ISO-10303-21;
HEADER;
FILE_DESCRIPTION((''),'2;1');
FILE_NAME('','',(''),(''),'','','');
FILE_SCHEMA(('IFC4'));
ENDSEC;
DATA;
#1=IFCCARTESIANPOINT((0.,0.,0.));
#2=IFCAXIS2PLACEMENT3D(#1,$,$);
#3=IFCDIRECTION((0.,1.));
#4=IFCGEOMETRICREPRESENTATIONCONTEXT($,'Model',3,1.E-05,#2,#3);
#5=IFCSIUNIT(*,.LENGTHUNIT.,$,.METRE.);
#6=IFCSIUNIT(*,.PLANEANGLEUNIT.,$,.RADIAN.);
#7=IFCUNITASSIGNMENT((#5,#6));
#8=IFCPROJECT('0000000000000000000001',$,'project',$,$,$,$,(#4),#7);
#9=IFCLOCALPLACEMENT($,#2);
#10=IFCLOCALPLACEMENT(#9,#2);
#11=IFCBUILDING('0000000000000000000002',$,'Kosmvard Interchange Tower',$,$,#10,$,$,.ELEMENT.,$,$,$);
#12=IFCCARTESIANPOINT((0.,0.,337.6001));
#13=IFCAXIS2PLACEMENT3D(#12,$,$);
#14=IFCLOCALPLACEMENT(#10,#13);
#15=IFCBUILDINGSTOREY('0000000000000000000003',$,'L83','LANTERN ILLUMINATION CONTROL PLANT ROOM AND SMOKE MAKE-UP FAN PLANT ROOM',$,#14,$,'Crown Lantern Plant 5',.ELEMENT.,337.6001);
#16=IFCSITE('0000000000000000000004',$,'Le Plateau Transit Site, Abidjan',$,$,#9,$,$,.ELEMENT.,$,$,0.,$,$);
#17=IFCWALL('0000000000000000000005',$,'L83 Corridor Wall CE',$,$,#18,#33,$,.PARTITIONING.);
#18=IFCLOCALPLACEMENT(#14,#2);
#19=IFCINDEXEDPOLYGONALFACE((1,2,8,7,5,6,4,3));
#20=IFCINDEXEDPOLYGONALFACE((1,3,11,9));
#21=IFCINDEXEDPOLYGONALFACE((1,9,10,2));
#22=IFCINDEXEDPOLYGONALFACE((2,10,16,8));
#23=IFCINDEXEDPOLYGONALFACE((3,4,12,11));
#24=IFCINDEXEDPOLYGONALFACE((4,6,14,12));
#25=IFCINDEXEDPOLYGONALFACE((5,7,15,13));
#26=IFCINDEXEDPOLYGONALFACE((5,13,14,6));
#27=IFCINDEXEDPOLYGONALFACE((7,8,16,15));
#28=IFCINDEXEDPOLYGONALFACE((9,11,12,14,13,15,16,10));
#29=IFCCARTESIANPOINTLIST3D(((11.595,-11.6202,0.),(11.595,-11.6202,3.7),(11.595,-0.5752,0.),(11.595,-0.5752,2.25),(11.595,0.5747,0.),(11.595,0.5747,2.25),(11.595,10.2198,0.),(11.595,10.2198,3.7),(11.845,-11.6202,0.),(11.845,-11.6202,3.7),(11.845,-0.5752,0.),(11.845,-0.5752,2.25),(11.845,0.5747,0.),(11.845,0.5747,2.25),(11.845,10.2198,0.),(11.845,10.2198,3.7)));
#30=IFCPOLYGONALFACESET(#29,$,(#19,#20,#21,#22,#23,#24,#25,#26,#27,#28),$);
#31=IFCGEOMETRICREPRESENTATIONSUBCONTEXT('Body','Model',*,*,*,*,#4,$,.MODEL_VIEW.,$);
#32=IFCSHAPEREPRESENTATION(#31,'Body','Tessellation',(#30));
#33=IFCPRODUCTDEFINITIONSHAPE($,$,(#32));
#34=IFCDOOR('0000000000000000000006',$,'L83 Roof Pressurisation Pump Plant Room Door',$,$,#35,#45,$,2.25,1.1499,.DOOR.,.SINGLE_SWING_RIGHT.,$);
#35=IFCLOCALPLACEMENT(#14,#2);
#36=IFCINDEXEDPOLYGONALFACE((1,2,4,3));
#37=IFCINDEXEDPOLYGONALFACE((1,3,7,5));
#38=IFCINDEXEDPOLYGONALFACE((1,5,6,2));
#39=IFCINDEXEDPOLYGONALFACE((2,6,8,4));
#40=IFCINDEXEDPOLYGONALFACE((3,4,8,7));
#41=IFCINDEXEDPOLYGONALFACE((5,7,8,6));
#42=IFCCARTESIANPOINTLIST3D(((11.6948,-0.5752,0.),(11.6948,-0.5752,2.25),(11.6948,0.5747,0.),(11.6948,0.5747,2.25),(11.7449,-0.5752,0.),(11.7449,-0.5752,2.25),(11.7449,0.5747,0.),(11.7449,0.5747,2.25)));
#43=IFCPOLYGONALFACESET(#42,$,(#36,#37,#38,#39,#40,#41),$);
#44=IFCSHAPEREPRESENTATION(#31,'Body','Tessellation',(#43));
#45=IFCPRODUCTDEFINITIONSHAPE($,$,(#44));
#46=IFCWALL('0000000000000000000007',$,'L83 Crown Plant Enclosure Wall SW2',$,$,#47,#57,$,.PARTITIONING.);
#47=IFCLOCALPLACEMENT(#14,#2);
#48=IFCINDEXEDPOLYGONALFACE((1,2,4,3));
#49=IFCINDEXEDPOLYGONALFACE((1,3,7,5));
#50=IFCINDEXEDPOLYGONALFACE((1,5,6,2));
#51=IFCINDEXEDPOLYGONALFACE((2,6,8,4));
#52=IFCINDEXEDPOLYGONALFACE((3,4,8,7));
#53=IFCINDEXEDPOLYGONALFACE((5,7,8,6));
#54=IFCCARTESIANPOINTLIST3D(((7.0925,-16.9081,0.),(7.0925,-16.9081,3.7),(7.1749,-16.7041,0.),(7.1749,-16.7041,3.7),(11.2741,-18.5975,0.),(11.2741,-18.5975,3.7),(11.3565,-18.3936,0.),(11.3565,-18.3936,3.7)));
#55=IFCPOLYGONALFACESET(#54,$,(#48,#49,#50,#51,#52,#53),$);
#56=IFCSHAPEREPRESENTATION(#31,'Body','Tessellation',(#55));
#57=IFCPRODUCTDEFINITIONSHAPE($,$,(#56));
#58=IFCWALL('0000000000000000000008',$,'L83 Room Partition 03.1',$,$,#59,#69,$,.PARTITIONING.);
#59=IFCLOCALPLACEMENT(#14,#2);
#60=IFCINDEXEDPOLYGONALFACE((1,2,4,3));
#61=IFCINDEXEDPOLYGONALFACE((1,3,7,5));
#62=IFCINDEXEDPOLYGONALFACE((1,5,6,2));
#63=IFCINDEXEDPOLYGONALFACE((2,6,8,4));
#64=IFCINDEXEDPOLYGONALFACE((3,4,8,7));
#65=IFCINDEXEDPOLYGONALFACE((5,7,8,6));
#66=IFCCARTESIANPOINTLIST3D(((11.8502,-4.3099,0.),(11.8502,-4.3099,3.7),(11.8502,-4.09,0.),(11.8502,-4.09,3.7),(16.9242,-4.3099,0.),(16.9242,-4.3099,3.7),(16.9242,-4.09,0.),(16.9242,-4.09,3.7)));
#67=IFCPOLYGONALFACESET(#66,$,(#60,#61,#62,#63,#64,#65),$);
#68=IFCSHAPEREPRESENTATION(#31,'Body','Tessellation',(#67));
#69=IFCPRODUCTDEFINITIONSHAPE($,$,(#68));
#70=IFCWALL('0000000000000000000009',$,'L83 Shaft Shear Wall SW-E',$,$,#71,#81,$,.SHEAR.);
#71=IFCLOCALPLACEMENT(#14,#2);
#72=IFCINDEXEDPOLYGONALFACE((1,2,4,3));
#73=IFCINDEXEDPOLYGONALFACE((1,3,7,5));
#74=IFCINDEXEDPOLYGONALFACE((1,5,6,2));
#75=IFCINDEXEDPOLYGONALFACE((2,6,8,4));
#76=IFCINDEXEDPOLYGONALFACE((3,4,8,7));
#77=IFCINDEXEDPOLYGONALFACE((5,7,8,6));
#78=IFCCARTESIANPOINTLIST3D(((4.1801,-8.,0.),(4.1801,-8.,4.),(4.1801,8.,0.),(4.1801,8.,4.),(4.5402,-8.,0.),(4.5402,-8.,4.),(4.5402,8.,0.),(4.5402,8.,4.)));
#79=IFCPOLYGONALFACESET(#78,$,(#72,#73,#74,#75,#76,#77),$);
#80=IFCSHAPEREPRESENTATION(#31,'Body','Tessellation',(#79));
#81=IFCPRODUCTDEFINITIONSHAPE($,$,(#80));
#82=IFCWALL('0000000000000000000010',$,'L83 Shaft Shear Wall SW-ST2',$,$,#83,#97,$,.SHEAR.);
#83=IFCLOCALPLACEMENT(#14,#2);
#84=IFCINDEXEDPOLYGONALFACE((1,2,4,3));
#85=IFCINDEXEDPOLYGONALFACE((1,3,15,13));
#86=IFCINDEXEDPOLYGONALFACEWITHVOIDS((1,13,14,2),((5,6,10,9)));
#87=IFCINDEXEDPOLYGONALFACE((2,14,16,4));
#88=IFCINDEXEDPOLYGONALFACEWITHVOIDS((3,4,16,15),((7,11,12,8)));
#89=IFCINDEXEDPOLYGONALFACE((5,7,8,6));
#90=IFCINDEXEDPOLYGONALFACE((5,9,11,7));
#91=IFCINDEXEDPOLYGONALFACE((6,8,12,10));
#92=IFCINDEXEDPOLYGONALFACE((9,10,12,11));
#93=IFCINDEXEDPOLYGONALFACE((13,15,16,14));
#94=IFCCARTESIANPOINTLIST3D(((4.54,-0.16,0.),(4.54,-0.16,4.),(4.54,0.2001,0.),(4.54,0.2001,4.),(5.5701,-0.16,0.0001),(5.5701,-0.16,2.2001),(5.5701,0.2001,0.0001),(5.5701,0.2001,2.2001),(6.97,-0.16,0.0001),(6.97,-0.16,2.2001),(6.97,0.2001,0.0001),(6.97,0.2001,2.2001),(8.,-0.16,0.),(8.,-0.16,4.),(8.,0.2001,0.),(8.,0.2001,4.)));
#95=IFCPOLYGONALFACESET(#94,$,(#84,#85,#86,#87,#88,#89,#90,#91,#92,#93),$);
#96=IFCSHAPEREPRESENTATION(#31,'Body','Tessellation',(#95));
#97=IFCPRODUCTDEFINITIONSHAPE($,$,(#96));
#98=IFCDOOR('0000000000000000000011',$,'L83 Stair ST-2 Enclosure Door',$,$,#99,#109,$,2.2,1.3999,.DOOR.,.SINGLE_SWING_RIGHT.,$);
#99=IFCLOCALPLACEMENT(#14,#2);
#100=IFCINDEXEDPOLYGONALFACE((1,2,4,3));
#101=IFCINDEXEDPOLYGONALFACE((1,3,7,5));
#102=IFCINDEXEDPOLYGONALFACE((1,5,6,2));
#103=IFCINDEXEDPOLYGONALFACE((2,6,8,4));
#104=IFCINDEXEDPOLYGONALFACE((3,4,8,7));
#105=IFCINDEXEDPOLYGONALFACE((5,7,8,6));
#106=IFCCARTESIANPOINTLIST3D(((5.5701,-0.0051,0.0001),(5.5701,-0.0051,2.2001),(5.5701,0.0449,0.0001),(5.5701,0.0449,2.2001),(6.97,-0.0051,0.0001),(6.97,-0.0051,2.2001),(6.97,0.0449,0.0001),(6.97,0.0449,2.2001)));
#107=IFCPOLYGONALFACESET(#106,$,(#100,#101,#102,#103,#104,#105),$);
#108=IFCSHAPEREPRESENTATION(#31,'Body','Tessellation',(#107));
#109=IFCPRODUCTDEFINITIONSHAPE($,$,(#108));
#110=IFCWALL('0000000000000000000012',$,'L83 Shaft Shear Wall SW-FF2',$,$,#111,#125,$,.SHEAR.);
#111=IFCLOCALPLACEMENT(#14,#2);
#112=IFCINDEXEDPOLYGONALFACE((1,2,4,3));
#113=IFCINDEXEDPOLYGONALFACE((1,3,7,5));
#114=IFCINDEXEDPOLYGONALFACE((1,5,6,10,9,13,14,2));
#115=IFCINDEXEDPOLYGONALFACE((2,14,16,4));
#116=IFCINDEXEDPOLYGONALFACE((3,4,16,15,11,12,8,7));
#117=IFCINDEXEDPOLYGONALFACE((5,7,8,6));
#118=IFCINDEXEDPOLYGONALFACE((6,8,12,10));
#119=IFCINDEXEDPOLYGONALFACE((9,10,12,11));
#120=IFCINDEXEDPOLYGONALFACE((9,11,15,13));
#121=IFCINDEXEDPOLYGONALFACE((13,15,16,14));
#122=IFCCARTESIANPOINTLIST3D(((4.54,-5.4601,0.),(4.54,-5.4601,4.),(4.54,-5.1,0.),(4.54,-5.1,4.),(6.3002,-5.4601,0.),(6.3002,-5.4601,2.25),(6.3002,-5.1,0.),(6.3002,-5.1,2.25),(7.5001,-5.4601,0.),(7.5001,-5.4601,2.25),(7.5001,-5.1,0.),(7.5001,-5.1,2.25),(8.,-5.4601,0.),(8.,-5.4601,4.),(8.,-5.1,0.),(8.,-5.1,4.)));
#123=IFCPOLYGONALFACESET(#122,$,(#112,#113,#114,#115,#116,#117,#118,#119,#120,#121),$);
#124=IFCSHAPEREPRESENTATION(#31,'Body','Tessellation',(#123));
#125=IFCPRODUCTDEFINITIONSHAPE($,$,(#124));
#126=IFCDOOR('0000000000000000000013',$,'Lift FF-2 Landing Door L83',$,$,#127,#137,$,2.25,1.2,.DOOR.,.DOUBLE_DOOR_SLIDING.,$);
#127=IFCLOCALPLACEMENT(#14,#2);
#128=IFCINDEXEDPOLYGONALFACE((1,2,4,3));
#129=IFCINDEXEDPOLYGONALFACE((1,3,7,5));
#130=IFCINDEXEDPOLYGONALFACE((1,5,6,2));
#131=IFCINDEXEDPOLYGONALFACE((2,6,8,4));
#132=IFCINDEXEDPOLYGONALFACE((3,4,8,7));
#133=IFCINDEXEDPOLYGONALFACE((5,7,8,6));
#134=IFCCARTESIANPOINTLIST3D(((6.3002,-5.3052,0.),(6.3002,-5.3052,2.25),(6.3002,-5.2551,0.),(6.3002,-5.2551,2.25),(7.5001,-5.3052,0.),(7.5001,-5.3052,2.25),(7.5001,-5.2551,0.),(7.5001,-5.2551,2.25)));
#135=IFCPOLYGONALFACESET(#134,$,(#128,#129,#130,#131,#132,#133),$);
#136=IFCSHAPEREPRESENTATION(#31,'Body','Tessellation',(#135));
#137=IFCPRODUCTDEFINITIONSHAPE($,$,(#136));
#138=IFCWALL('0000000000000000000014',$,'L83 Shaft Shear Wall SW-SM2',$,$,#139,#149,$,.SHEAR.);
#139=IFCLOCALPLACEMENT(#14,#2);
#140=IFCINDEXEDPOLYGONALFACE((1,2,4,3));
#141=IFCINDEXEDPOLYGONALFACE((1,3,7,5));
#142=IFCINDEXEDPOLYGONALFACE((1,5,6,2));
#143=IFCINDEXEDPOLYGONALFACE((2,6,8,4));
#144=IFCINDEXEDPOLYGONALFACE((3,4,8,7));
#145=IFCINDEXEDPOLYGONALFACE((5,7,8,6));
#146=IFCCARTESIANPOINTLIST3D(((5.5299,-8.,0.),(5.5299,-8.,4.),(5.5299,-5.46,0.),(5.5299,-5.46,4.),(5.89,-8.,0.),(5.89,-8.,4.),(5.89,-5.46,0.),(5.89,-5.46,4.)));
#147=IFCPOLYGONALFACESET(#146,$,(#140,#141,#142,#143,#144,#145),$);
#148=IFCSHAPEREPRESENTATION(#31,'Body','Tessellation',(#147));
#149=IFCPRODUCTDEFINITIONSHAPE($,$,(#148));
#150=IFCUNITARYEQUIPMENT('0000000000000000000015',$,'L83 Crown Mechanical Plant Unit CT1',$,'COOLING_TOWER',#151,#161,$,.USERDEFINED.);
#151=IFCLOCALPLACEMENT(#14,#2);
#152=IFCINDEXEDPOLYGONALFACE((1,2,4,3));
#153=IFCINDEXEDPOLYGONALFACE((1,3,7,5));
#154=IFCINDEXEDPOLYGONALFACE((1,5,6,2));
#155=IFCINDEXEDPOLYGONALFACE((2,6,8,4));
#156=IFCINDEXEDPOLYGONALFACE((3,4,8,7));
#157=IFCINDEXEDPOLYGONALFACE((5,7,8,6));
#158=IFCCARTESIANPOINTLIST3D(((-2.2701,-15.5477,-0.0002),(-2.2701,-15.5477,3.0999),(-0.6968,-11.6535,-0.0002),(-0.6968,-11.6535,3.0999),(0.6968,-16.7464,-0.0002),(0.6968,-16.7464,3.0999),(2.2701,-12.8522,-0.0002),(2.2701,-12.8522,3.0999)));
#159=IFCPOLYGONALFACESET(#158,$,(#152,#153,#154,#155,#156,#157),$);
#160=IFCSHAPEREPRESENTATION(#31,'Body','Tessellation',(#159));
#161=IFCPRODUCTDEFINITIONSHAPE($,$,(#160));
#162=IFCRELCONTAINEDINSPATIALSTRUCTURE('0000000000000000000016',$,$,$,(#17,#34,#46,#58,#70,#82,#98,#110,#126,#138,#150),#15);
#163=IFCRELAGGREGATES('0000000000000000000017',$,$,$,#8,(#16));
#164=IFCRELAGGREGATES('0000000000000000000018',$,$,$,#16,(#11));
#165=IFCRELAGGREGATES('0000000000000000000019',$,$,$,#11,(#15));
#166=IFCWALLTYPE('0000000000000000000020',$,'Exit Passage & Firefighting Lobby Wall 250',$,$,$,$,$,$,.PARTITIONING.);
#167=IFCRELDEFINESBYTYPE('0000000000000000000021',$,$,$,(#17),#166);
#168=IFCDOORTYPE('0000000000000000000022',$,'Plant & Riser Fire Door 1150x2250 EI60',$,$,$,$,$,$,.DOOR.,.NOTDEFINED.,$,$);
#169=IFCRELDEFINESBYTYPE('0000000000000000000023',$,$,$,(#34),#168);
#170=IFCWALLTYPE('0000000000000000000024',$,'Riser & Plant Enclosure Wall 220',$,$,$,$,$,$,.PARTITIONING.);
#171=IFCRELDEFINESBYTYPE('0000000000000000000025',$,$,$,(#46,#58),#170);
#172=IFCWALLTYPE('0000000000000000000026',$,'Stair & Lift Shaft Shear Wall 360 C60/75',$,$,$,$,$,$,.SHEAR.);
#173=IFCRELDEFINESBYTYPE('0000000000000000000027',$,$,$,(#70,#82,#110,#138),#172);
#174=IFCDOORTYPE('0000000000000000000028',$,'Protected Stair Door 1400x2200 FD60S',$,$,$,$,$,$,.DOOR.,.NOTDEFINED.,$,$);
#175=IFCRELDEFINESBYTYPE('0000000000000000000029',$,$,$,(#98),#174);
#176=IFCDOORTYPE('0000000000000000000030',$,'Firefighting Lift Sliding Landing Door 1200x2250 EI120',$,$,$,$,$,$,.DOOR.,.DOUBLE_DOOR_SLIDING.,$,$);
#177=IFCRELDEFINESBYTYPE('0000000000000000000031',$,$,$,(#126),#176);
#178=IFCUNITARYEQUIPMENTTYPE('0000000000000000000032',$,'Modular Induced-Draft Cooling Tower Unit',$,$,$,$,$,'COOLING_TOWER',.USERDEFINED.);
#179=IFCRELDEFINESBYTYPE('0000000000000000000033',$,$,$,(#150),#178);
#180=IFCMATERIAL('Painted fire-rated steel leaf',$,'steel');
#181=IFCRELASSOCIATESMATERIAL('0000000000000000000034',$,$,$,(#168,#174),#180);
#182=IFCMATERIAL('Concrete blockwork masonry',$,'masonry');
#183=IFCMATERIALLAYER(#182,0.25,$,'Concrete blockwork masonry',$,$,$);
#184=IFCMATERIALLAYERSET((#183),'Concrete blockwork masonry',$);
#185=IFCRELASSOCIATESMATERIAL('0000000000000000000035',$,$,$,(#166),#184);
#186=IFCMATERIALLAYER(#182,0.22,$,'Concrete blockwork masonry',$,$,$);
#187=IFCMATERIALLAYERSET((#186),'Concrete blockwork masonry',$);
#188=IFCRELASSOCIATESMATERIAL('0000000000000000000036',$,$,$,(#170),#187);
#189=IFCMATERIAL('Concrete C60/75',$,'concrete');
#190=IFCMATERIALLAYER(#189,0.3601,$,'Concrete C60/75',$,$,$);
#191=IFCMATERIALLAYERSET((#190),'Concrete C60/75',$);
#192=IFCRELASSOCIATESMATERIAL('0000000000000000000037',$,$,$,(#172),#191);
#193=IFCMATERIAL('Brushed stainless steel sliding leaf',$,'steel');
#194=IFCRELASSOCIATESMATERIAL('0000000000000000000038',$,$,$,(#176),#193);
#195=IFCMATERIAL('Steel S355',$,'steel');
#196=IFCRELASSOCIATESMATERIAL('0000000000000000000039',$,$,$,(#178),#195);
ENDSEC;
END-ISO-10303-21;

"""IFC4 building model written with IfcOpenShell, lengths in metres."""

from ifc_helpers import new_model, si_unit, direction, frame, frame_2d, origin, origin_2d, place, context, subcontext, project, spatial, rectangle, extrude, source, transform, mapped, material, layer, layer_set, type_object, element, fill, save


model = new_model("IFC4")

# Units and contexts
model_context = context("Model", 3, precision=1e-05, world=origin(), true_north=direction((0.0, 1.0)))
body_context = subcontext(model_context, "Body", "Model", "MODEL_VIEW")
ifc_project = project(units=[si_unit("LENGTHUNIT", "METRE"), si_unit("PLANEANGLEUNIT", "RADIAN")], contexts=[model_context])

# Site, building, storey
site_placement = place(None, origin())
site = spatial("IfcSite", under=ifc_project, at=site_placement, Name="Le Plateau Transit Site, Abidjan", CompositionType="ELEMENT", RefElevation=0.0)
building_placement = place(site_placement, origin())
building = spatial("IfcBuilding", under=site, at=building_placement, Name="Kosmvard Interchange Tower", CompositionType="ELEMENT")
storey_placement = place(building_placement, frame((0.0, 0.0, 337.6001)))
storey = spatial("IfcBuildingStorey", under=building, at=storey_placement, Name="L83", Description="LANTERN ILLUMINATION CONTROL PLANT ROOM AND SMOKE MAKE-UP FAN PLANT ROOM", LongName="Crown Lantern Plant 5", CompositionType="ELEMENT", Elevation=337.6001)

# Shared definitions
ifc_material_1 = material(Name="Steel S355", Category="steel")

# Shared definitions
ifc_material_2 = material(Name="Painted fire-rated steel leaf", Category="steel")
door_type_1 = type_object("IfcDoorType", Name="Plant & Riser Fire Door 1150x2250 EI60", OperationType="NOTDEFINED", PredefinedType="DOOR", material=ifc_material_2)
shared_shape_1 = source(origin(), body_context, "Body", "SweptSolid", [
    extrude(rectangle(XDim=1.1499, YDim=2.25, at=frame_2d((0.575, 1.125))), frame((0.0, 0.0249, 0.0), z_axis=(0.0, -1.0, 0.0), x_axis=(1.0, 0.0, 0.0)), (0.0, 0.0, 1.0), 0.05),
])

# Wall, opening, door
ifc_material_3 = material(Name="Concrete blockwork masonry", Category="masonry")
ifc_layer_1 = layer(ifc_material_3, 0.25, Name="Concrete blockwork masonry")
ifc_layer_set_1 = layer_set([ifc_layer_1], Name="Concrete blockwork masonry")
wall_type_1 = type_object("IfcWallType", Name="Exit Passage & Firefighting Lobby Wall 250", PredefinedType="PARTITIONING", material=ifc_layer_set_1)
wall_1_placement = place(storey_placement, frame((11.72, -11.6201, 0.0), z_axis=(0.0, 0.0, 1.0), x_axis=(0.0, 1.0, 0.0)))
wall_1 = element("IfcWall", 1, at=wall_1_placement, inside=storey, type_object=wall_type_1, Name="L83 Corridor Wall CE", PredefinedType="PARTITIONING", context=body_context, shape_type="SweptSolid", body=[
    extrude(rectangle(XDim=21.8401, YDim=0.25, at=frame_2d((10.9199, 0.0))), origin(), (0.0, 0.0, 1.0), 3.7),
])
opening_1_placement = place(wall_1_placement, frame((11.0449, 0.0, 0.0)))
opening_1 = element("IfcOpeningElement", 2, at=opening_1_placement, cuts=wall_1, PredefinedType="OPENING", context=body_context, shape_type="SweptSolid", body=[
    extrude(rectangle(XDim=1.1499, YDim=2.25, at=frame_2d((0.575, 1.125))), frame((0.0, 0.135, 0.0), z_axis=(0.0, -1.0, 0.0), x_axis=(1.0, 0.0, 0.0)), (0.0, 0.0, 1.0), 0.27),
])
door_1_placement = place(opening_1_placement, frame((1.1499, 0.0, 0.0), z_axis=(0.0, 0.0, 1.0), x_axis=(-1.0, 0.0, 0.0)))
door_1 = element("IfcDoor", 3, at=door_1_placement, inside=storey, type_object=door_type_1, Name="L83 Roof Pressurisation Pump Plant Room Door", OperationType="SINGLE_SWING_RIGHT", OverallHeight=2.25, OverallWidth=1.1499, PredefinedType="DOOR", context=body_context, shape_type="MappedRepresentation", body=[
    mapped(shared_shape_1, transform((0.0, 0.0, 0.0), scale=1.0)),
])
fill(opening_1, door_1)

# Walls
ifc_layer_2 = layer(ifc_material_3, 0.22, Name="Concrete blockwork masonry")
ifc_layer_set_2 = layer_set([ifc_layer_2], Name="Concrete blockwork masonry")
wall_type_2 = type_object("IfcWallType", Name="Riser & Plant Enclosure Wall 220", PredefinedType="PARTITIONING", material=ifc_layer_set_2)
wall_2_placement = place(storey_placement, frame((7.1338, -16.8062, 0.0), z_axis=(0.0, 0.0, 1.0), x_axis=(0.927187, -0.374599, 0.0)))
element("IfcWall", 4, at=wall_2_placement, inside=storey, type_object=wall_type_2, Name="L83 Crown Plant Enclosure Wall SW2", PredefinedType="PARTITIONING", context=body_context, shape_type="SweptSolid", body=[
    extrude(rectangle(XDim=4.51, YDim=0.22, at=frame_2d((2.2549, 0.0))), origin(), (0.0, 0.0, 1.0), 3.7),
])
wall_3_placement = place(storey_placement, frame((11.8501, -4.2, 0.0), z_axis=(0.0, 0.0, 1.0), x_axis=(1.0, 0.0, 0.0)))
element("IfcWall", 5, at=wall_3_placement, inside=storey, type_object=wall_type_2, Name="L83 Room Partition 03.1", PredefinedType="PARTITIONING", context=body_context, shape_type="SweptSolid", body=[
    extrude(rectangle(XDim=5.074, YDim=0.22, at=frame_2d((2.5371, 0.0))), origin(), (0.0, 0.0, 1.0), 3.7),
])
ifc_material_4 = material(Name="Concrete C60/75", Category="concrete")
ifc_layer_3 = layer(ifc_material_4, 0.3601, Name="Concrete C60/75")
ifc_layer_set_3 = layer_set([ifc_layer_3], Name="Concrete C60/75")
wall_type_3 = type_object("IfcWallType", Name="Stair & Lift Shaft Shear Wall 360 C60/75", PredefinedType="SHEAR", material=ifc_layer_set_3)
wall_4_placement = place(storey_placement, frame((4.3601, -8.0, 0.0), z_axis=(0.0, 0.0, 1.0), x_axis=(0.0, 1.0, 0.0)))
element("IfcWall", 6, at=wall_4_placement, inside=storey, type_object=wall_type_3, Name="L83 Shaft Shear Wall SW-E", PredefinedType="SHEAR", context=body_context, shape_type="SweptSolid", body=[
    extrude(rectangle(XDim=16.0, YDim=0.3601, at=frame_2d((8.0, 0.0))), origin(), (0.0, 0.0, 1.0), 4.0),
])

# Walls, openings, doors
wall_5_placement = place(storey_placement, frame((4.54, 0.02, 0.0), z_axis=(0.0, 0.0, 1.0), x_axis=(1.0, 0.0, 0.0)))
wall_5 = element("IfcWall", 7, at=wall_5_placement, inside=storey, type_object=wall_type_3, Name="L83 Shaft Shear Wall SW-ST2", PredefinedType="SHEAR", context=body_context, shape_type="SweptSolid", body=[
    extrude(rectangle(XDim=3.46, YDim=0.3601, at=frame_2d((1.73, 0.0))), origin(), (0.0, 0.0, 1.0), 4.0),
])
opening_2_placement = place(wall_5_placement, frame((1.03, 0.0, 0.0)))
opening_2 = element("IfcOpeningElement", 8, at=opening_2_placement, cuts=wall_5, PredefinedType="OPENING", context=body_context, shape_type="SweptSolid", body=[
    extrude(rectangle(XDim=1.3999, YDim=2.2, at=frame_2d((0.7, 1.1001))), frame((0.0, 0.1899, 0.0), z_axis=(0.0, -1.0, 0.0), x_axis=(1.0, 0.0, 0.0)), (0.0, 0.0, 1.0), 0.3801),
])
door_type_2 = type_object("IfcDoorType", Name="Protected Stair Door 1400x2200 FD60S", OperationType="NOTDEFINED", PredefinedType="DOOR", material=ifc_material_2)
shared_shape_2 = source(origin(), body_context, "Body", "SweptSolid", [
    extrude(rectangle(XDim=1.3999, YDim=2.2, at=frame_2d((0.7, 1.1001))), frame((0.0, 0.0249, 0.0), z_axis=(0.0, -1.0, 0.0), x_axis=(1.0, 0.0, 0.0)), (0.0, 0.0, 1.0), 0.05),
])
door_2_placement = place(opening_2_placement, origin())
door_2 = element("IfcDoor", 9, at=door_2_placement, inside=storey, type_object=door_type_2, Name="L83 Stair ST-2 Enclosure Door", OperationType="SINGLE_SWING_RIGHT", OverallHeight=2.2, OverallWidth=1.3999, PredefinedType="DOOR", context=body_context, shape_type="MappedRepresentation", body=[
    mapped(shared_shape_2, transform((0.0, 0.0, 0.0), scale=1.0)),
])
fill(opening_2, door_2)
wall_6_placement = place(storey_placement, frame((4.54, -5.28, 0.0), z_axis=(0.0, 0.0, 1.0), x_axis=(1.0, 0.0, 0.0)))
wall_6 = element("IfcWall", 10, at=wall_6_placement, inside=storey, type_object=wall_type_3, Name="L83 Shaft Shear Wall SW-FF2", PredefinedType="SHEAR", context=body_context, shape_type="SweptSolid", body=[
    extrude(rectangle(XDim=3.46, YDim=0.3601, at=frame_2d((1.73, 0.0))), origin(), (0.0, 0.0, 1.0), 4.0),
])
opening_3_placement = place(wall_6_placement, frame((1.76, 0.0, 0.0)))
opening_3 = element("IfcOpeningElement", 11, at=opening_3_placement, cuts=wall_6, PredefinedType="OPENING", context=body_context, shape_type="SweptSolid", body=[
    extrude(rectangle(XDim=1.2, YDim=2.25, at=frame_2d((0.6001, 1.125))), frame((0.0, 0.1899, 0.0), z_axis=(0.0, -1.0, 0.0), x_axis=(1.0, 0.0, 0.0)), (0.0, 0.0, 1.0), 0.3801),
])
ifc_material_5 = material(Name="Brushed stainless steel sliding leaf", Category="steel")
door_type_3 = type_object("IfcDoorType", Name="Firefighting Lift Sliding Landing Door 1200x2250 EI120", OperationType="DOUBLE_DOOR_SLIDING", PredefinedType="DOOR", material=ifc_material_5)
shared_shape_3 = source(origin(), body_context, "Body", "SweptSolid", [
    extrude(rectangle(XDim=1.2, YDim=2.25, at=frame_2d((0.6001, 1.125))), frame((0.0, 0.0249, 0.0), z_axis=(0.0, -1.0, 0.0), x_axis=(1.0, 0.0, 0.0)), (0.0, 0.0, 1.0), 0.05),
])
door_3_placement = place(opening_3_placement, origin())
door_3 = element("IfcDoor", 12, at=door_3_placement, inside=storey, type_object=door_type_3, Name="Lift FF-2 Landing Door L83", OperationType="DOUBLE_DOOR_SLIDING", OverallHeight=2.25, OverallWidth=1.2, PredefinedType="DOOR", context=body_context, shape_type="MappedRepresentation", body=[
    mapped(shared_shape_3, transform((0.0, 0.0, 0.0), scale=1.0)),
])
fill(opening_3, door_3)

# Wall
wall_7_placement = place(storey_placement, frame((5.71, -8.0, 0.0), z_axis=(0.0, 0.0, 1.0), x_axis=(0.0, 1.0, 0.0)))
element("IfcWall", 13, at=wall_7_placement, inside=storey, type_object=wall_type_3, Name="L83 Shaft Shear Wall SW-SM2", PredefinedType="SHEAR", context=body_context, shape_type="SweptSolid", body=[
    extrude(rectangle(XDim=2.54, YDim=0.3601, at=frame_2d((1.27, 0.0))), origin(), (0.0, 0.0, 1.0), 4.0),
])

# Unitary equipment
unitary_equipment_type = type_object("IfcUnitaryEquipmentType", Name="Modular Induced-Draft Cooling Tower Unit", ElementType="COOLING_TOWER", PredefinedType="USERDEFINED", material=ifc_material_1)
shared_shape_4 = source(origin(), body_context, "Body", "SweptSolid", [
    extrude(rectangle(XDim=4.2, YDim=3.2, at=origin_2d()), origin(), (0.0, 0.0, 1.0), 3.1001),
])
unitary_equipment_1_placement = place(storey_placement, frame((0.0, -14.2, -0.0002), z_axis=(0.0, 0.0, 1.0), x_axis=(0.374607, 0.927184, 0.0)))
element("IfcUnitaryEquipment", 14, at=unitary_equipment_1_placement, inside=storey, type_object=unitary_equipment_type, Name="L83 Crown Mechanical Plant Unit CT1", ObjectType="COOLING_TOWER", PredefinedType="USERDEFINED", context=body_context, shape_type="MappedRepresentation", body=[
    mapped(shared_shape_4, transform((0.0, 0.0, 0.0), scale=1.0)),
])

save(model, "model.ifc")
